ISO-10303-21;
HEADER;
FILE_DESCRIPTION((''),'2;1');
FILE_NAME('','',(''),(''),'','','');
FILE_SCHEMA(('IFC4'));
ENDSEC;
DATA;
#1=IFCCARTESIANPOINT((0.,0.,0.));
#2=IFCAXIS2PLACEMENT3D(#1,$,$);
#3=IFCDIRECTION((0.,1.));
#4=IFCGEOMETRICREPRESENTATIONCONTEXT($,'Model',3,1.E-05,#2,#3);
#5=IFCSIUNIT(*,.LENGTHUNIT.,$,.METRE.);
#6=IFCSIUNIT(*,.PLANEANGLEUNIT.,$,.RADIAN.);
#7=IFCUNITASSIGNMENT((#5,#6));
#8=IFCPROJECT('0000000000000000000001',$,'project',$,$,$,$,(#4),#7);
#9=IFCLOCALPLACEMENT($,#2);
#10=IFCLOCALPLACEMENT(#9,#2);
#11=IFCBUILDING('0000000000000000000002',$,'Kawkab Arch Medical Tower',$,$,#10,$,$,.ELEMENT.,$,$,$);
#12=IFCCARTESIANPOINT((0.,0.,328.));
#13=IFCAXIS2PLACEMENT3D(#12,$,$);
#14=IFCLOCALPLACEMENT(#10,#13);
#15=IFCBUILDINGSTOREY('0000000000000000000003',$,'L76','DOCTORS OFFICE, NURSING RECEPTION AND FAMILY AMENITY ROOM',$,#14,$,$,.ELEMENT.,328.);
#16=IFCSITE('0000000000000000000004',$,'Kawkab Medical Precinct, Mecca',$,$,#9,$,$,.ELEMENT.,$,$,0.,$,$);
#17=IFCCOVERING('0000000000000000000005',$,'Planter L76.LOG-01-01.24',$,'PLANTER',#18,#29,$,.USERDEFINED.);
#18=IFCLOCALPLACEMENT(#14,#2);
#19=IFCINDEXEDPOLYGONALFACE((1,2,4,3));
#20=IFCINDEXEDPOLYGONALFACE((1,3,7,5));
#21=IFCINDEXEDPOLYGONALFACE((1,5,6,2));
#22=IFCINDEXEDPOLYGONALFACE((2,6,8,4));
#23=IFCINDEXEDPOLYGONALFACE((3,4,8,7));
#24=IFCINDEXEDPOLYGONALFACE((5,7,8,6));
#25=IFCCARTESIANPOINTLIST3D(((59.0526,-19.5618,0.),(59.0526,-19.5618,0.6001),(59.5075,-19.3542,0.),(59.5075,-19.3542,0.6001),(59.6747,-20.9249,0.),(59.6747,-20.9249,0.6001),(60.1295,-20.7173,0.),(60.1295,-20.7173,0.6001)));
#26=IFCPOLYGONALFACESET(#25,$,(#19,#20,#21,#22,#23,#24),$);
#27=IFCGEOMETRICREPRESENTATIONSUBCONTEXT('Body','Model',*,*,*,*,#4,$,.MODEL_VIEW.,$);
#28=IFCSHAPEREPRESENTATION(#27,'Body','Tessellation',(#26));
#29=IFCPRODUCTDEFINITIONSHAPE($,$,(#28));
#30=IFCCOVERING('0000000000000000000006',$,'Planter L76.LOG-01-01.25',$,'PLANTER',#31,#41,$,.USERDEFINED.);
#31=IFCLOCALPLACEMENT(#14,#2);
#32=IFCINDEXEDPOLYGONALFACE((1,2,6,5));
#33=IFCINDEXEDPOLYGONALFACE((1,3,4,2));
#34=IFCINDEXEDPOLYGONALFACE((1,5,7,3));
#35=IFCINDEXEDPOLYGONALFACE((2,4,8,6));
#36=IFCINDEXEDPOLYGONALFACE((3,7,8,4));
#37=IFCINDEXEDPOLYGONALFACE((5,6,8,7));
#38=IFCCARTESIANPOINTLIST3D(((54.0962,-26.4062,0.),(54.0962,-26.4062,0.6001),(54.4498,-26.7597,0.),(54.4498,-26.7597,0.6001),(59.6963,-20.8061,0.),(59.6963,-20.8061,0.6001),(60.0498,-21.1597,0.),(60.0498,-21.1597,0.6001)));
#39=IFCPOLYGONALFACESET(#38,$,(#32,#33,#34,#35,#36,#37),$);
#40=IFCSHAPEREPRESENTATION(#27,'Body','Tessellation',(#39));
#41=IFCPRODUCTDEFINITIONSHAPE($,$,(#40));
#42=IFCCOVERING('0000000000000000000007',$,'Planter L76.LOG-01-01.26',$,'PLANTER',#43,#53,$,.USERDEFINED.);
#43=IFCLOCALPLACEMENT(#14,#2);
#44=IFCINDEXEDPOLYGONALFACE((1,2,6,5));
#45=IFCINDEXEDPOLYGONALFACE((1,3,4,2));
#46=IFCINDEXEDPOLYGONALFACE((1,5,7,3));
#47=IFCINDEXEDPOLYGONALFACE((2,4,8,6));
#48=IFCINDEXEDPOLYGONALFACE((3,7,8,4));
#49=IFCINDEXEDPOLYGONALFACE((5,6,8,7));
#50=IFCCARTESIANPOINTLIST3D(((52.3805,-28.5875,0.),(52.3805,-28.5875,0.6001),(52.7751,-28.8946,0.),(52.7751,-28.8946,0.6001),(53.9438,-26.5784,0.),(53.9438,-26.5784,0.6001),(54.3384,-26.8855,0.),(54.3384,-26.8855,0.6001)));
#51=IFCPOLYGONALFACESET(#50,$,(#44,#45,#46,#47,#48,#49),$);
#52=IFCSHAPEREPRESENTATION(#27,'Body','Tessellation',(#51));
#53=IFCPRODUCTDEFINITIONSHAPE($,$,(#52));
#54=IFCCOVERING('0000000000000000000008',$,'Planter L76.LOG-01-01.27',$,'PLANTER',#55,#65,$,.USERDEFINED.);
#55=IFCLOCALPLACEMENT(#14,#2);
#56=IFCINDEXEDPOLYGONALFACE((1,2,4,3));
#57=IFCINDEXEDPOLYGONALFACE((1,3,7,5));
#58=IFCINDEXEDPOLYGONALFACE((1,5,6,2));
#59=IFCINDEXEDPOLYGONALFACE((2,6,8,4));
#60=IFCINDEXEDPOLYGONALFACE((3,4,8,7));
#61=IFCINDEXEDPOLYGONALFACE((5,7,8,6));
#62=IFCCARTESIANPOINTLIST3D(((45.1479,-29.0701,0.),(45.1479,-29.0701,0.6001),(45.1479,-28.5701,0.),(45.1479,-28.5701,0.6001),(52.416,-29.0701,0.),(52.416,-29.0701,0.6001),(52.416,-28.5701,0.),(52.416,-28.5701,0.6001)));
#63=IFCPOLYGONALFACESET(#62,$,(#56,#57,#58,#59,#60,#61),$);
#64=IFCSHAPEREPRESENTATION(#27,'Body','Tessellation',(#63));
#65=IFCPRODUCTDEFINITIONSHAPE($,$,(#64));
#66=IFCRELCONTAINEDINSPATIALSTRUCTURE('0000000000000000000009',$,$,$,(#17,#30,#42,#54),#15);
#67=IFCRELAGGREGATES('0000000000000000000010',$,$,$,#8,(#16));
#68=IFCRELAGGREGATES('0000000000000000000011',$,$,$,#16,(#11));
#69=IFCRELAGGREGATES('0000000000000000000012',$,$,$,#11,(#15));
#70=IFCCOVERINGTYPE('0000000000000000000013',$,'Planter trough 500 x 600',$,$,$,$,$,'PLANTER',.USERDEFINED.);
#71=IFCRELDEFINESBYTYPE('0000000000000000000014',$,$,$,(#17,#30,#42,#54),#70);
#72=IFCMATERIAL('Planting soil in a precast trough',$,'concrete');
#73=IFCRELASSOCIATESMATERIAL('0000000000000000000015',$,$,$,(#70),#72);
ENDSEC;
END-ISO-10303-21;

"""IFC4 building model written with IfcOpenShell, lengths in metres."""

from ifc_helpers import new_model, si_unit, direction, frame, origin, origin_2d, place, context, subcontext, project, spatial, rectangle, extrude, material, material_profile, profile_set, type_object, element, save


model = new_model("IFC4")

# Units and contexts
model_context = context("Model", 3, precision=1e-05, world=origin(), true_north=direction((0.0, 1.0)))
body_context = subcontext(model_context, "Body", "Model", "MODEL_VIEW")
ifc_project = project(units=[si_unit("LENGTHUNIT", "METRE"), si_unit("PLANEANGLEUNIT", "RADIAN")], contexts=[model_context])

# Site, building, storey
site_placement = place(None, origin())
site = spatial("IfcSite", under=ifc_project, at=site_placement, Name="Kawkab Medical Precinct, Mecca", CompositionType="ELEMENT", RefElevation=0.0)
building_placement = place(site_placement, origin())
building = spatial("IfcBuilding", under=site, at=building_placement, Name="Kawkab Arch Medical Tower", CompositionType="ELEMENT")
storey_placement = place(building_placement, frame((0.0, 0.0, 328.0)))
storey = spatial("IfcBuildingStorey", under=building, at=storey_placement, Name="L76", Description="DOCTORS OFFICE, NURSING RECEPTION AND FAMILY AMENITY ROOM", CompositionType="ELEMENT", Elevation=328.0)

# Coverings
ifc_material_1 = material(Name="Planting soil in a precast trough", Category="concrete")
ifc_material_profile_1 = material_profile(ifc_material_1, rectangle(XDim=0.5, YDim=0.6001, at=origin_2d()), Name="Trough 500x600")
ifc_profile_set_1 = profile_set([ifc_material_profile_1], Name="Planting soil in a precast trough")
covering_type = type_object("IfcCoveringType", Name="Planter trough 500 x 600", ElementType="PLANTER", PredefinedType="USERDEFINED", material=ifc_profile_set_1)
covering_1_placement = place(storey_placement, frame((59.28, -19.458, 0.3), z_axis=(0.41519, -0.909735, 0.0), x_axis=(0.909735, 0.41519, 0.0)))
element("IfcCovering", 1, at=covering_1_placement, inside=storey, type_object=covering_type, Name="Planter L76.LOG-01-01.24", ObjectType="PLANTER", PredefinedType="USERDEFINED", context=body_context, shape_type="SweptSolid", body=[
    extrude(rectangle(XDim=0.5, YDim=0.6001, at=origin_2d()), origin(), (0.0, 0.0, 1.0), 1.4983),
])
covering_2_placement = place(storey_placement, frame((59.873, -20.9829, 0.3), z_axis=(-0.707107, -0.707107, 0.0), x_axis=(0.707107, -0.707107, 0.0)))
element("IfcCovering", 2, at=covering_2_placement, inside=storey, type_object=covering_type, Name="Planter L76.LOG-01-01.25", ObjectType="PLANTER", PredefinedType="USERDEFINED", context=body_context, shape_type="SweptSolid", body=[
    extrude(rectangle(XDim=0.5, YDim=0.6001, at=origin_2d()), origin(), (0.0, 0.0, 1.0), 7.9197),
])
covering_3_placement = place(storey_placement, frame((54.1411, -26.7319, 0.3), z_axis=(-0.6141, -0.789228, 0.0), x_axis=(0.789228, -0.6141, 0.0)))
element("IfcCovering", 3, at=covering_3_placement, inside=storey, type_object=covering_type, Name="Planter L76.LOG-01-01.26", ObjectType="PLANTER", PredefinedType="USERDEFINED", context=body_context, shape_type="SweptSolid", body=[
    extrude(rectangle(XDim=0.5, YDim=0.6001, at=origin_2d()), origin(), (0.0, 0.0, 1.0), 2.5457),
])
covering_4_placement = place(storey_placement, frame((52.416, -28.8201, 0.3), z_axis=(-1.0, 0.0, 0.0), x_axis=(0.0, -1.0, 0.0)))
element("IfcCovering", 4, at=covering_4_placement, inside=storey, type_object=covering_type, Name="Planter L76.LOG-01-01.27", ObjectType="PLANTER", PredefinedType="USERDEFINED", context=body_context, shape_type="SweptSolid", body=[
    extrude(rectangle(XDim=0.5, YDim=0.6001, at=origin_2d()), origin(), (0.0, 0.0, 1.0), 7.2681),
])

save(model, "model.ifc")
